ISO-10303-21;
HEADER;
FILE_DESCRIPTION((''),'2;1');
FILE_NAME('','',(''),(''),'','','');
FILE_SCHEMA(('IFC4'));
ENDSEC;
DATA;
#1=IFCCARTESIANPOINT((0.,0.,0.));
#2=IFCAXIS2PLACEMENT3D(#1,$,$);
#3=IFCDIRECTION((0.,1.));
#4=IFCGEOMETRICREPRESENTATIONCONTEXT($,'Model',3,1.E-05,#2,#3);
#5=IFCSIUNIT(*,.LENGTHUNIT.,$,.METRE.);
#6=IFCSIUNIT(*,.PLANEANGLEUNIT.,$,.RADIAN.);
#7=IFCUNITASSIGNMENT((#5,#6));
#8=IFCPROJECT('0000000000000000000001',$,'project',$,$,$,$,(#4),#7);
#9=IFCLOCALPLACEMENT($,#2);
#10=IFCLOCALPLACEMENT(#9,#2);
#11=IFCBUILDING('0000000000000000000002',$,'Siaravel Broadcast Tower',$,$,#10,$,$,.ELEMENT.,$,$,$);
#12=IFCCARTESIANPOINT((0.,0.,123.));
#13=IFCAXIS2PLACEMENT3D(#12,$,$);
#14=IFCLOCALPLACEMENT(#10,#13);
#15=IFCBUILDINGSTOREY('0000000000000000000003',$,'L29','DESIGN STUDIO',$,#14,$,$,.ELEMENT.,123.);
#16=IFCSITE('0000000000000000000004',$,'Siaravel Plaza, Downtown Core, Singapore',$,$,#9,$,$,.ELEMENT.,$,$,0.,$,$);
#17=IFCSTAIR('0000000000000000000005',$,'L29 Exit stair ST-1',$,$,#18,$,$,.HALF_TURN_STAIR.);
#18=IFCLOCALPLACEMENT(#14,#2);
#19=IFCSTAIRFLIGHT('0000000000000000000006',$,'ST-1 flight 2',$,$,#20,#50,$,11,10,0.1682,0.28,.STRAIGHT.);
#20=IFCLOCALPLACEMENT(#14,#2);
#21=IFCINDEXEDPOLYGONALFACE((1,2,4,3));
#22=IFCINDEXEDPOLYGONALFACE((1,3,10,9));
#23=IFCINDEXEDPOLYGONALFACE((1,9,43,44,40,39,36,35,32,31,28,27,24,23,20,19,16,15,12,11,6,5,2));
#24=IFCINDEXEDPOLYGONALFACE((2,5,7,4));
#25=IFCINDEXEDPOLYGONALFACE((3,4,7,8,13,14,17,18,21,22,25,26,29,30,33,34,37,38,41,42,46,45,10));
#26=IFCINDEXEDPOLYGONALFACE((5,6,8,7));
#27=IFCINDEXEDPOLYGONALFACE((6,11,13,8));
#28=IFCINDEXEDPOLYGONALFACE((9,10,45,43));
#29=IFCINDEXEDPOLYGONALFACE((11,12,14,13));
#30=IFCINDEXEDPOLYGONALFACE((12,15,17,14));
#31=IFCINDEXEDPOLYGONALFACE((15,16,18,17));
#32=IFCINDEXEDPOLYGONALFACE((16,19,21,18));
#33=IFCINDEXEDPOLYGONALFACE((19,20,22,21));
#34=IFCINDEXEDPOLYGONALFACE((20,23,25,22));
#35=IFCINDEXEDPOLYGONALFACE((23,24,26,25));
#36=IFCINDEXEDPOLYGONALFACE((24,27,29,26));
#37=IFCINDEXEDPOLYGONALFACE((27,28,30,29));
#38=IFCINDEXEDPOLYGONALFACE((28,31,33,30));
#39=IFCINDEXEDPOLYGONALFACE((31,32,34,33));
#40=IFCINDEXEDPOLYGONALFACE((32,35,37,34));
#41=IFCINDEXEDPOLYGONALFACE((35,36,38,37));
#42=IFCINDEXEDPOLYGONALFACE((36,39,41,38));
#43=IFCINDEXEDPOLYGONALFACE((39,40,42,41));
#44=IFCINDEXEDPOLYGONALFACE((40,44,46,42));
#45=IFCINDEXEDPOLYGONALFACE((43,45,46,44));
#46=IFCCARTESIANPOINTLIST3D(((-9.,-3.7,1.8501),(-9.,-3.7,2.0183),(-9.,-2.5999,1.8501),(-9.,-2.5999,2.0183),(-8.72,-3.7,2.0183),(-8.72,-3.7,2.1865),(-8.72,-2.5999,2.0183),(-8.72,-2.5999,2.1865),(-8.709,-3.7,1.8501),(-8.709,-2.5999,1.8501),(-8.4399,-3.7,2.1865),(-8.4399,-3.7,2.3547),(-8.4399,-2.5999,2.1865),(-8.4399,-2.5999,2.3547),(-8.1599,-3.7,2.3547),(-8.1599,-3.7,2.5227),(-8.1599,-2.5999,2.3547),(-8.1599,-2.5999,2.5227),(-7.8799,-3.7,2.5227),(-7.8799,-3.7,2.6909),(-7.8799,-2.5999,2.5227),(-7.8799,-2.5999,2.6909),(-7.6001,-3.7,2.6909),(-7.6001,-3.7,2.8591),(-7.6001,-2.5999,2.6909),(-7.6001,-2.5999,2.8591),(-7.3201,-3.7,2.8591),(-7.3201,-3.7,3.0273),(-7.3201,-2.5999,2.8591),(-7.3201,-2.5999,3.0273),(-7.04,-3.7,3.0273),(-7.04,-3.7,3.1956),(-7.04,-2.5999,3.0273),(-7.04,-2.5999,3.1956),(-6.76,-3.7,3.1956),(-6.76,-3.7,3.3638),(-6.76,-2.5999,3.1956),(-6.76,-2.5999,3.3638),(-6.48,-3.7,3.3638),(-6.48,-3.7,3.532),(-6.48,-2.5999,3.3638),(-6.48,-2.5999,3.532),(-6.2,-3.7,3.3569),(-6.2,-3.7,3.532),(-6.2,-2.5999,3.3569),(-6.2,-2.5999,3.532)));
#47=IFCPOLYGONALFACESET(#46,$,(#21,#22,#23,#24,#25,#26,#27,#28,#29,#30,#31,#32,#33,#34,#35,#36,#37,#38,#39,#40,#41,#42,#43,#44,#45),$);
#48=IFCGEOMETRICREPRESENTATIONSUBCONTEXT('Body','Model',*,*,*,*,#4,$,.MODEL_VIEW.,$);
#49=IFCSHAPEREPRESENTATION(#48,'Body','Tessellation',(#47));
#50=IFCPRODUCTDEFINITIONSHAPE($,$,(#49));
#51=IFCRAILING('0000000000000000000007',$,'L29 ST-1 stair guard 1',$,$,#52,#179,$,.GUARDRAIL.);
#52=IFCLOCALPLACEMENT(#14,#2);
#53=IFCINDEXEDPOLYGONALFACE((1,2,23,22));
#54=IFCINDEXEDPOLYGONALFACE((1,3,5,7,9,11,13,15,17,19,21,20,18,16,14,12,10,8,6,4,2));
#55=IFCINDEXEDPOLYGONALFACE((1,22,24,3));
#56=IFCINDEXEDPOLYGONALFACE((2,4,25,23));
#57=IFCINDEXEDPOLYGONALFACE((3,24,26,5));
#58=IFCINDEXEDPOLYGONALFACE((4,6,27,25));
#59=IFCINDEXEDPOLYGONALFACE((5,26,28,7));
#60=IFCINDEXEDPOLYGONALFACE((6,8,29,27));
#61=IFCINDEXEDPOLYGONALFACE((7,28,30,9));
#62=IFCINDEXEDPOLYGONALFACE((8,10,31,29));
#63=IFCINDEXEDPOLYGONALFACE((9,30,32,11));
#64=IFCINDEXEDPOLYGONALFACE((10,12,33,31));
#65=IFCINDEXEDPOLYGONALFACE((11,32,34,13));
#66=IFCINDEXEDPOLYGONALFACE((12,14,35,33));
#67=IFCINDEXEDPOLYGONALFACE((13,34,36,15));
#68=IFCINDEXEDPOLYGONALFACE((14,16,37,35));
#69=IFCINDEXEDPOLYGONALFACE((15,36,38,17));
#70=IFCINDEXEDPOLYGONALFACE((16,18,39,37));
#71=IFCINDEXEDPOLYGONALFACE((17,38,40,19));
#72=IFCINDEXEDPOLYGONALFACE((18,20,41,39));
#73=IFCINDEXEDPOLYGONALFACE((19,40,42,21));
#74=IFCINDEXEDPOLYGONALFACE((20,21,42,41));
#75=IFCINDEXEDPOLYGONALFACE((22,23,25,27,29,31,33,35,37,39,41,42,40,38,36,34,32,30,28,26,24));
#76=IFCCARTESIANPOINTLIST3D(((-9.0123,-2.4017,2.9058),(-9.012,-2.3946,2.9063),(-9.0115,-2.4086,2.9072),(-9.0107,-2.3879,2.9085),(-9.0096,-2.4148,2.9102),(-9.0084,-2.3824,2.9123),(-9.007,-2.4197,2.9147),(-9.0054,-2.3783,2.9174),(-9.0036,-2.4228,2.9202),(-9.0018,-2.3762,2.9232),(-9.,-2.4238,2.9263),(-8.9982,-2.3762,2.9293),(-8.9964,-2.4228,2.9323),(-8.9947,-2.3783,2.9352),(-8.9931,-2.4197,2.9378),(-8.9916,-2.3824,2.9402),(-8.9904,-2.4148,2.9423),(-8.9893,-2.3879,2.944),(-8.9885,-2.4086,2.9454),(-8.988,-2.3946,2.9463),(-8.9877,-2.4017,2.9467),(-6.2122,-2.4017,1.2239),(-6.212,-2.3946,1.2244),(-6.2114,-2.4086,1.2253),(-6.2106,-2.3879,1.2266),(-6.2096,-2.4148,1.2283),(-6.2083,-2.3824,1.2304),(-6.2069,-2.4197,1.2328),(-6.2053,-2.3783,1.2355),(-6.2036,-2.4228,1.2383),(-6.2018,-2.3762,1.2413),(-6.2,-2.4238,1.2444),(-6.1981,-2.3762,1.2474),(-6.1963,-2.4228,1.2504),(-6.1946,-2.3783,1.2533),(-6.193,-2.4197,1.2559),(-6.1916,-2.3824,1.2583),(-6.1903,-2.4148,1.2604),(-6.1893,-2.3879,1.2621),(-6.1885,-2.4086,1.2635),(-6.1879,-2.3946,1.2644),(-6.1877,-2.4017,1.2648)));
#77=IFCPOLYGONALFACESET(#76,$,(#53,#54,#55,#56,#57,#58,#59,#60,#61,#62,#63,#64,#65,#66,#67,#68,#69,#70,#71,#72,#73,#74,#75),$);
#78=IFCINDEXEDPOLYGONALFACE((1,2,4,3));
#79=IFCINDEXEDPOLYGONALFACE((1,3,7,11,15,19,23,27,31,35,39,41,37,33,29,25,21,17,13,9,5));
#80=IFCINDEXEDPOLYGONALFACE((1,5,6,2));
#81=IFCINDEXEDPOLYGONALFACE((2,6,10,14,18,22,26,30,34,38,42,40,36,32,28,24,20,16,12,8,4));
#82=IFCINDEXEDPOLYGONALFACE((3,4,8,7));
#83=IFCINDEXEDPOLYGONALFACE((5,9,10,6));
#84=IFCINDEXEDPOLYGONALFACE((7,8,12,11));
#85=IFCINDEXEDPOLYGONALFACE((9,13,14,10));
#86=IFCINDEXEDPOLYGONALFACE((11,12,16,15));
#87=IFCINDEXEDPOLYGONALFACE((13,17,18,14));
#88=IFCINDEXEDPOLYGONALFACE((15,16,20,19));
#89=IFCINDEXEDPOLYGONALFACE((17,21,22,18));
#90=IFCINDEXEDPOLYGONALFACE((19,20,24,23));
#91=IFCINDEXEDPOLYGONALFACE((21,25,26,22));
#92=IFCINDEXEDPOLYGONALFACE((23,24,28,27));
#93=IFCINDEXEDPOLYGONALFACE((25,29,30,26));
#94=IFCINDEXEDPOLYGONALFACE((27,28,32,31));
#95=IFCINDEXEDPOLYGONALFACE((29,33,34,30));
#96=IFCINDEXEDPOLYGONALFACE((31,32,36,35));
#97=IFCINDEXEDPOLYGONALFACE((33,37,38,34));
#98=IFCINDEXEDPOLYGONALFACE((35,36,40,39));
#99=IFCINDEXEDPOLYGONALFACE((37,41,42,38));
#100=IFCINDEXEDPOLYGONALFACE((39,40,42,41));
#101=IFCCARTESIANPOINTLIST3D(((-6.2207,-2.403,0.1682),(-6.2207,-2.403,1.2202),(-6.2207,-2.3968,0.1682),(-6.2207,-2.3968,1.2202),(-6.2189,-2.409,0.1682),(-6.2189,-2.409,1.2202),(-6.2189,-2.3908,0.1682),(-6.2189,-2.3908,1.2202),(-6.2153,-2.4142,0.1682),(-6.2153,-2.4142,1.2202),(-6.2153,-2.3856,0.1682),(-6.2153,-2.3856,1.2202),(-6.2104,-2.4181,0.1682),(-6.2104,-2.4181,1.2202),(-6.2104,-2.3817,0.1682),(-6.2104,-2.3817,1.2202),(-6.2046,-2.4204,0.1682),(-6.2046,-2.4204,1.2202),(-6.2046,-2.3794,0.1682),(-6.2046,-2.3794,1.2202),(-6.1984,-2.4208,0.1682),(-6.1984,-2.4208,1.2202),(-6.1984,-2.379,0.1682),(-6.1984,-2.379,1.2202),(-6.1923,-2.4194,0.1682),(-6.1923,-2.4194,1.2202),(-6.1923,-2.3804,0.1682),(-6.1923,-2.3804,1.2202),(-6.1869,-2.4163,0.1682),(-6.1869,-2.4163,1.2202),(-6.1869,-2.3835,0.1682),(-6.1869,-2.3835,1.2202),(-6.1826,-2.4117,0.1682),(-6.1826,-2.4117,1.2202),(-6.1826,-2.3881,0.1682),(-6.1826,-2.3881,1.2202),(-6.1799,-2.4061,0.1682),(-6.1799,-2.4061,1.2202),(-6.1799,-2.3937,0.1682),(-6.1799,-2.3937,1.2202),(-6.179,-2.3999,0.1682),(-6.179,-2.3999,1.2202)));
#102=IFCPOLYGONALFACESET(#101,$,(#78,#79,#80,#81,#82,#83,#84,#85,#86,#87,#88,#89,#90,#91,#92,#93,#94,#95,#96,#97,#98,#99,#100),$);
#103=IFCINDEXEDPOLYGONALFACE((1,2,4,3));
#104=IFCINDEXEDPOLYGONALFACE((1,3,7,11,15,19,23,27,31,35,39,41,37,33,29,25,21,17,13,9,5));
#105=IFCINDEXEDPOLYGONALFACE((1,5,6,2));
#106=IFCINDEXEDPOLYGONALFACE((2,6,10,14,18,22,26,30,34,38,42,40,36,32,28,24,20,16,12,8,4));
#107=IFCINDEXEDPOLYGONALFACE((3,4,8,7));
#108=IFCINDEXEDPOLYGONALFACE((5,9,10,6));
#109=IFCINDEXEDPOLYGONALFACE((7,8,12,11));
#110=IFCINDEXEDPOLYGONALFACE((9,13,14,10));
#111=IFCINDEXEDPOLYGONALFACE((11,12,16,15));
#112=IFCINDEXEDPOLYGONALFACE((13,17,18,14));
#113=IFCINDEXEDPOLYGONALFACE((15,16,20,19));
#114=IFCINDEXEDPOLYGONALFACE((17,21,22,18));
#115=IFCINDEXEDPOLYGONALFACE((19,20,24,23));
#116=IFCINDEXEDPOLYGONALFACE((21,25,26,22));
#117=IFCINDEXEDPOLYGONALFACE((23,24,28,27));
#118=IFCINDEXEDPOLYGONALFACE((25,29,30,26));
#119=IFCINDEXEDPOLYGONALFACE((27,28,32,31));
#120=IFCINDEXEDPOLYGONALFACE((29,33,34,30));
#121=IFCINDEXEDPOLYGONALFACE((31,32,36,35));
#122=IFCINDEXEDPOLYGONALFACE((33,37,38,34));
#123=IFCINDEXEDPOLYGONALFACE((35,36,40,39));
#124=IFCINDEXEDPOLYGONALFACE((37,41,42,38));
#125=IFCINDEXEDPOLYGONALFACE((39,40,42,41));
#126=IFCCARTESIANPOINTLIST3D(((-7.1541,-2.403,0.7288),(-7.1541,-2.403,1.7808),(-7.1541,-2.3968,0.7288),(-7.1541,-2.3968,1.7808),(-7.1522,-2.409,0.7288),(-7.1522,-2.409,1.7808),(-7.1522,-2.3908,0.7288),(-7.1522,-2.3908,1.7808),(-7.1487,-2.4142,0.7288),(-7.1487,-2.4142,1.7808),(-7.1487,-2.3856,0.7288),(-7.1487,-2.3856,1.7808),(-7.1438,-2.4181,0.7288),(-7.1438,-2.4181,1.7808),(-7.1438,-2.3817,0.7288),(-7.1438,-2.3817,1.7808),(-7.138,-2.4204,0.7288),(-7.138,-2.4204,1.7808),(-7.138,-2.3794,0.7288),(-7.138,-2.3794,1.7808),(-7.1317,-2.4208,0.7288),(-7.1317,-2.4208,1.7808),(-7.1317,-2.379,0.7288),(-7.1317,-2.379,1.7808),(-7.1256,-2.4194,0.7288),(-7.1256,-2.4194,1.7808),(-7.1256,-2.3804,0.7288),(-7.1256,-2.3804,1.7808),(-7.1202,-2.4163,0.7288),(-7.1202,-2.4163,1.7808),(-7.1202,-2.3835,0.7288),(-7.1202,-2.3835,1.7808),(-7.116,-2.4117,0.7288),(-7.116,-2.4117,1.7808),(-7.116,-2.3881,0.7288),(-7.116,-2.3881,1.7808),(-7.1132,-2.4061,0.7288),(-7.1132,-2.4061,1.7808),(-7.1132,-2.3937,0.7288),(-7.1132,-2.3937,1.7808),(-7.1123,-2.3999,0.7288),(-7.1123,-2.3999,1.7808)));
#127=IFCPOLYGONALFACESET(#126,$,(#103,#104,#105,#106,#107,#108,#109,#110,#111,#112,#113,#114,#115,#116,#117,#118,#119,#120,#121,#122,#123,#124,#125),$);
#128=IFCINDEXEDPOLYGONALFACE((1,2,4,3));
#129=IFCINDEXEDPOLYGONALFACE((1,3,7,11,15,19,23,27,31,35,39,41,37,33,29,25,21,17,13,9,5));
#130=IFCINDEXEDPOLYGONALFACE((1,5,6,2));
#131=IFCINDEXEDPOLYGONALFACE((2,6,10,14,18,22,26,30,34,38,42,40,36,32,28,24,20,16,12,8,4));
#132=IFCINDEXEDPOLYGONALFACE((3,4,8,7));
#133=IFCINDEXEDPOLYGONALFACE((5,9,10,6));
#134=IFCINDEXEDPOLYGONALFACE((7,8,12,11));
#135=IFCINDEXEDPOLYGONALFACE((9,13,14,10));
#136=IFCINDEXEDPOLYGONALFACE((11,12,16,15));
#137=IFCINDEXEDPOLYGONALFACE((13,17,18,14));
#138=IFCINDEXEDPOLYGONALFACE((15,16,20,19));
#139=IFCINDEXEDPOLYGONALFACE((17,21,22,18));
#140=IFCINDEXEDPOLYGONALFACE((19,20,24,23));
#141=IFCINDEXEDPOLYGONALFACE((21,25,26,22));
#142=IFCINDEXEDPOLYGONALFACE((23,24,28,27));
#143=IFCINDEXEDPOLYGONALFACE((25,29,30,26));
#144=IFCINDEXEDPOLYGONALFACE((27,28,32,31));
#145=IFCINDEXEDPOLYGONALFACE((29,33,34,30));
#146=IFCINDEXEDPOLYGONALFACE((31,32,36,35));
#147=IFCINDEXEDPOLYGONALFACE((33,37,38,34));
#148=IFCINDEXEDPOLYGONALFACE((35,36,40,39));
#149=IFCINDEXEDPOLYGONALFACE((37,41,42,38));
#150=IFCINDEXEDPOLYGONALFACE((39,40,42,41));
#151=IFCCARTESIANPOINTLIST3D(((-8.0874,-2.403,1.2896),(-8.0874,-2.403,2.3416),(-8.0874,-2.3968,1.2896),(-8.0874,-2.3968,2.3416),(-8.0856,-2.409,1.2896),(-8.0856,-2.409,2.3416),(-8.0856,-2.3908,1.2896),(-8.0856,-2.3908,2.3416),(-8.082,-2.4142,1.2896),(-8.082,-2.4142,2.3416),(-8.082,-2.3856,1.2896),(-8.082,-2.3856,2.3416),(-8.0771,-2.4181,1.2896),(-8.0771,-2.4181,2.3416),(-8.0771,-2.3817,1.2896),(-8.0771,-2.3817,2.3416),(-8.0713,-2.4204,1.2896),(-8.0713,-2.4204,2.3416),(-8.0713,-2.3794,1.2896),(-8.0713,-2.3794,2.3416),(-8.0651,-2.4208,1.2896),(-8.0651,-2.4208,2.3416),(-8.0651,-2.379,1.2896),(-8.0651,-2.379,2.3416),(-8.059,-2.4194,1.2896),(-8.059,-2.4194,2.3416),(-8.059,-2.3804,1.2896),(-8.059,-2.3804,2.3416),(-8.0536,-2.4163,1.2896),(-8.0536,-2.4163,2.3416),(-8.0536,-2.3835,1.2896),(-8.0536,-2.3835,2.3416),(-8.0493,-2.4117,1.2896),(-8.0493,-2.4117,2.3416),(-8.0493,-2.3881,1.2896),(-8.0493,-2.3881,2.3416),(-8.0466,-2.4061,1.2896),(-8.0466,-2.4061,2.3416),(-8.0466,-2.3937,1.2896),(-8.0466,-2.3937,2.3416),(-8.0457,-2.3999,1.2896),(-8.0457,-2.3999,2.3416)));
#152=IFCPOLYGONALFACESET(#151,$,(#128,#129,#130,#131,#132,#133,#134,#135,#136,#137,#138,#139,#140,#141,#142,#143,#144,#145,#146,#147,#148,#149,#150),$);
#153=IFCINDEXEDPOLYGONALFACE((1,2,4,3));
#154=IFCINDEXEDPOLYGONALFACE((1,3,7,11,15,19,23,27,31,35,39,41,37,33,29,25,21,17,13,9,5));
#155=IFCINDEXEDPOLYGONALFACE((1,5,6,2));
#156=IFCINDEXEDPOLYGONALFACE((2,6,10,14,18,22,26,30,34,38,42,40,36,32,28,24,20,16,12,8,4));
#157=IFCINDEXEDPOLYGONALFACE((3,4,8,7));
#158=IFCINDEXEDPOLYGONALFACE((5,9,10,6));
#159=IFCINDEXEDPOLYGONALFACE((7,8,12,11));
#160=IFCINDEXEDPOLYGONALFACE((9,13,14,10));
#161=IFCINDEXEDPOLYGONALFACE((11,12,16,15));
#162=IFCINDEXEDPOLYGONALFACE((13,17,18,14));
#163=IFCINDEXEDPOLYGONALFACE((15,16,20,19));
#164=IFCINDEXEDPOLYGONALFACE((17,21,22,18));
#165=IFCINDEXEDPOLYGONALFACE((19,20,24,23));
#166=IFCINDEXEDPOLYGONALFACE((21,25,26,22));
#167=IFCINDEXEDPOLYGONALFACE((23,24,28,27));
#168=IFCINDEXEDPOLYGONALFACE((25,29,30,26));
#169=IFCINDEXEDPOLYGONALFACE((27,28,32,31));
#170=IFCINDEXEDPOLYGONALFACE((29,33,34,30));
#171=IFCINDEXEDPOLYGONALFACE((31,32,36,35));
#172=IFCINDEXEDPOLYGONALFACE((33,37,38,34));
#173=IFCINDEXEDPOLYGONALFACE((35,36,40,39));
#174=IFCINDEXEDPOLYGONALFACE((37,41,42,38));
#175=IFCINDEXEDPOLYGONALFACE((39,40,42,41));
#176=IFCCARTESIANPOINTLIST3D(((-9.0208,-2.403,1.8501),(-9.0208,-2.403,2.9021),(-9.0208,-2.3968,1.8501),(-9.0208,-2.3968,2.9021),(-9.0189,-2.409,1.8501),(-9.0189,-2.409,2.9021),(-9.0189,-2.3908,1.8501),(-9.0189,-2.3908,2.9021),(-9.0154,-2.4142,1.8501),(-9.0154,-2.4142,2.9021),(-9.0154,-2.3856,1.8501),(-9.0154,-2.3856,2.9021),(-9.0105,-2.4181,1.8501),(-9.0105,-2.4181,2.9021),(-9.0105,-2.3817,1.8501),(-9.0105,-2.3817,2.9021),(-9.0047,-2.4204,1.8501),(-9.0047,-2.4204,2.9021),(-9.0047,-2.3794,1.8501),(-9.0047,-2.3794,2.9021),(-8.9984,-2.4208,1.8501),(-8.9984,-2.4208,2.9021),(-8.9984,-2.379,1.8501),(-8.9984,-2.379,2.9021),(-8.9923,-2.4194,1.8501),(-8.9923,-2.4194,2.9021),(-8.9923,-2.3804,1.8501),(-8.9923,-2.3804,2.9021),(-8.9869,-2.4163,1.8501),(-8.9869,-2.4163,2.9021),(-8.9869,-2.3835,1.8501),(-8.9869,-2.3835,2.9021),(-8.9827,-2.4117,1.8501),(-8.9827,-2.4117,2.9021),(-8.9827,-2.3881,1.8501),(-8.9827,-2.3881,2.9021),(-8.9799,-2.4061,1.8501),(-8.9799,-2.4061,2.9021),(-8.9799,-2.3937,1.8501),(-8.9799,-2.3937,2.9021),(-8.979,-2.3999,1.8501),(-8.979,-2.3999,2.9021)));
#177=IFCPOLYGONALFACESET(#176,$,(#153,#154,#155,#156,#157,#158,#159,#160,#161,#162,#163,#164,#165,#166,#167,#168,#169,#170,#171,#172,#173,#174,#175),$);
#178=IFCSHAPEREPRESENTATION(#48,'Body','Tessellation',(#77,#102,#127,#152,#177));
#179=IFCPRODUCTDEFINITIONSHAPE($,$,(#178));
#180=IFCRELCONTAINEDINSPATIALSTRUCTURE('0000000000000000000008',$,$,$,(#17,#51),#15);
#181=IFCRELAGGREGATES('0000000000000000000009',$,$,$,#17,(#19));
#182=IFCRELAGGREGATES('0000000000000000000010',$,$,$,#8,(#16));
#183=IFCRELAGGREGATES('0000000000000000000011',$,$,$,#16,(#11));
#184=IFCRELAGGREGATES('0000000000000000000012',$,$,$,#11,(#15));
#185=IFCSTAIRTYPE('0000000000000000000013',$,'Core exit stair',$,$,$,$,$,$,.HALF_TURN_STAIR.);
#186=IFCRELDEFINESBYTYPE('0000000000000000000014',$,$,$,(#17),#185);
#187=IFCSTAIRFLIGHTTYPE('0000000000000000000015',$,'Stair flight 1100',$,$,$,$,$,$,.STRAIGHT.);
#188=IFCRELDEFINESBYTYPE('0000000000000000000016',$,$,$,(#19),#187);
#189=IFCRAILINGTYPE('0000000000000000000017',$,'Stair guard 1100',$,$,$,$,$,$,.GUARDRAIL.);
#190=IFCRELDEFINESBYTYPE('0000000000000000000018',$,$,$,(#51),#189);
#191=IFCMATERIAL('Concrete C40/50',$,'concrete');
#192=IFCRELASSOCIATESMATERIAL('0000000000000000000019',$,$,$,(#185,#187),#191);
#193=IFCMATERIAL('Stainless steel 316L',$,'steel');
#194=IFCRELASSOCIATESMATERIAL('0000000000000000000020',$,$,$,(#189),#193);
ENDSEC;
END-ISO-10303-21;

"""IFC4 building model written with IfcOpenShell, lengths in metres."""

from ifc_helpers import new_model, si_unit, direction, frame, origin, origin_2d, place, context, subcontext, project, spatial, polyline, circle, outline, extrude, material, type_object, element, aggregate, save


model = new_model("IFC4")

# Units and contexts
model_context = context("Model", 3, precision=1e-05, world=origin(), true_north=direction((0.0, 1.0)))
body_context = subcontext(model_context, "Body", "Model", "MODEL_VIEW")
ifc_project = project(units=[si_unit("LENGTHUNIT", "METRE"), si_unit("PLANEANGLEUNIT", "RADIAN")], contexts=[model_context])

# Site, building, storey
site_placement = place(None, origin())
site = spatial("IfcSite", under=ifc_project, at=site_placement, Name="Siaravel Plaza, Downtown Core, Singapore", CompositionType="ELEMENT", RefElevation=0.0)
building_placement = place(site_placement, origin())
building = spatial("IfcBuilding", under=site, at=building_placement, Name="Siaravel Broadcast Tower", CompositionType="ELEMENT")
storey_placement = place(building_placement, frame((0.0, 0.0, 123.0)))
storey = spatial("IfcBuildingStorey", under=building, at=storey_placement, Name="L29", Description="DESIGN STUDIO", CompositionType="ELEMENT", Elevation=123.0)

# Stair, stair flight
ifc_material_1 = material(Name="Concrete C40/50", Category="concrete")
stair_type = type_object("IfcStairType", Name="Core exit stair", PredefinedType="HALF_TURN_STAIR", material=ifc_material_1)
stair_placement = place(storey_placement, origin())
stair = element("IfcStair", 1, at=stair_placement, inside=storey, type_object=stair_type, Name="L29 Exit stair ST-1", PredefinedType="HALF_TURN_STAIR")
stair_flight_type = type_object("IfcStairFlightType", Name="Stair flight 1100", PredefinedType="STRAIGHT", material=ifc_material_1)
stair_flight_1_placement = place(storey_placement, frame((-9.0, -3.1499, 1.8501), z_axis=(0.0, 0.0, 1.0), x_axis=(1.0, 0.0, 0.0)))
stair_flight_1 = element("IfcStairFlight", 2, at=stair_flight_1_placement, type_object=stair_flight_type, Name="ST-1 flight 2", NumberOfRisers=11, NumberOfTreads=10, PredefinedType="STRAIGHT", RiserHeight=0.1682, TreadLength=0.28, context=body_context, shape_type="SweptSolid", body=[
    extrude(outline(polyline([(0.0, 0.0), (0.0, 0.1682), (0.28, 0.1682), (0.28, 0.3364), (0.5601, 0.3364), (0.5601, 0.5046), (0.8401, 0.5046), (0.8401, 0.6726), (1.1201, 0.6726), (1.1201, 0.8408), (1.3999, 0.8408), (1.3999, 1.009), (1.6799, 1.009), (1.6799, 1.1772), (1.96, 1.1772), (1.96, 1.3455), (2.24, 1.3455), (2.24, 1.5137), (2.52, 1.5137), (2.52, 1.6819), (2.8, 1.6819), (2.8, 1.8501), (2.8, 1.5068), (0.291, 0.0), (0.0, 0.0)])), frame((0.0, 0.55, 0.0), z_axis=(0.0, -1.0, 0.0), x_axis=(1.0, 0.0, 0.0)), (0.0, 0.0, 1.0), 1.1001),
])
aggregate(stair, [stair_flight_1])

# Railing
ifc_material_2 = material(Name="Stainless steel 316L", Category="steel")
railing_type_1 = type_object("IfcRailingType", Name="Stair guard 1100", PredefinedType="GUARDRAIL", material=ifc_material_2)
railing_1_placement = place(storey_placement, frame((-6.2, -2.3999, 0.1682)))
element("IfcRailing", 3, at=railing_1_placement, inside=storey, type_object=railing_type_1, Name="L29 ST-1 stair guard 1", PredefinedType="GUARDRAIL", context=body_context, shape_type="SweptSolid", body=[
    extrude(circle(Radius=0.0239, at=origin_2d()), frame((0.0, 0.0, 1.0762), z_axis=(-0.857242, 0.0, 0.514913), x_axis=(0.0, -1.0, 0.0)), (0.0, 0.0, 1.0), 3.2664),
    extrude(circle(Radius=0.021, at=origin_2d()), origin(), (0.0, 0.0, 1.0), 1.052),
    extrude(circle(Radius=0.021, at=origin_2d()), frame((-0.9333, 0.0, 0.5605)), (0.0, 0.0, 1.0), 1.052),
    extrude(circle(Radius=0.021, at=origin_2d()), frame((-1.8667, 0.0, 1.1213)), (0.0, 0.0, 1.0), 1.052),
    extrude(circle(Radius=0.021, at=origin_2d()), frame((-2.8, 0.0, 1.6819)), (0.0, 0.0, 1.0), 1.052),
])

save(model, "model.ifc")
